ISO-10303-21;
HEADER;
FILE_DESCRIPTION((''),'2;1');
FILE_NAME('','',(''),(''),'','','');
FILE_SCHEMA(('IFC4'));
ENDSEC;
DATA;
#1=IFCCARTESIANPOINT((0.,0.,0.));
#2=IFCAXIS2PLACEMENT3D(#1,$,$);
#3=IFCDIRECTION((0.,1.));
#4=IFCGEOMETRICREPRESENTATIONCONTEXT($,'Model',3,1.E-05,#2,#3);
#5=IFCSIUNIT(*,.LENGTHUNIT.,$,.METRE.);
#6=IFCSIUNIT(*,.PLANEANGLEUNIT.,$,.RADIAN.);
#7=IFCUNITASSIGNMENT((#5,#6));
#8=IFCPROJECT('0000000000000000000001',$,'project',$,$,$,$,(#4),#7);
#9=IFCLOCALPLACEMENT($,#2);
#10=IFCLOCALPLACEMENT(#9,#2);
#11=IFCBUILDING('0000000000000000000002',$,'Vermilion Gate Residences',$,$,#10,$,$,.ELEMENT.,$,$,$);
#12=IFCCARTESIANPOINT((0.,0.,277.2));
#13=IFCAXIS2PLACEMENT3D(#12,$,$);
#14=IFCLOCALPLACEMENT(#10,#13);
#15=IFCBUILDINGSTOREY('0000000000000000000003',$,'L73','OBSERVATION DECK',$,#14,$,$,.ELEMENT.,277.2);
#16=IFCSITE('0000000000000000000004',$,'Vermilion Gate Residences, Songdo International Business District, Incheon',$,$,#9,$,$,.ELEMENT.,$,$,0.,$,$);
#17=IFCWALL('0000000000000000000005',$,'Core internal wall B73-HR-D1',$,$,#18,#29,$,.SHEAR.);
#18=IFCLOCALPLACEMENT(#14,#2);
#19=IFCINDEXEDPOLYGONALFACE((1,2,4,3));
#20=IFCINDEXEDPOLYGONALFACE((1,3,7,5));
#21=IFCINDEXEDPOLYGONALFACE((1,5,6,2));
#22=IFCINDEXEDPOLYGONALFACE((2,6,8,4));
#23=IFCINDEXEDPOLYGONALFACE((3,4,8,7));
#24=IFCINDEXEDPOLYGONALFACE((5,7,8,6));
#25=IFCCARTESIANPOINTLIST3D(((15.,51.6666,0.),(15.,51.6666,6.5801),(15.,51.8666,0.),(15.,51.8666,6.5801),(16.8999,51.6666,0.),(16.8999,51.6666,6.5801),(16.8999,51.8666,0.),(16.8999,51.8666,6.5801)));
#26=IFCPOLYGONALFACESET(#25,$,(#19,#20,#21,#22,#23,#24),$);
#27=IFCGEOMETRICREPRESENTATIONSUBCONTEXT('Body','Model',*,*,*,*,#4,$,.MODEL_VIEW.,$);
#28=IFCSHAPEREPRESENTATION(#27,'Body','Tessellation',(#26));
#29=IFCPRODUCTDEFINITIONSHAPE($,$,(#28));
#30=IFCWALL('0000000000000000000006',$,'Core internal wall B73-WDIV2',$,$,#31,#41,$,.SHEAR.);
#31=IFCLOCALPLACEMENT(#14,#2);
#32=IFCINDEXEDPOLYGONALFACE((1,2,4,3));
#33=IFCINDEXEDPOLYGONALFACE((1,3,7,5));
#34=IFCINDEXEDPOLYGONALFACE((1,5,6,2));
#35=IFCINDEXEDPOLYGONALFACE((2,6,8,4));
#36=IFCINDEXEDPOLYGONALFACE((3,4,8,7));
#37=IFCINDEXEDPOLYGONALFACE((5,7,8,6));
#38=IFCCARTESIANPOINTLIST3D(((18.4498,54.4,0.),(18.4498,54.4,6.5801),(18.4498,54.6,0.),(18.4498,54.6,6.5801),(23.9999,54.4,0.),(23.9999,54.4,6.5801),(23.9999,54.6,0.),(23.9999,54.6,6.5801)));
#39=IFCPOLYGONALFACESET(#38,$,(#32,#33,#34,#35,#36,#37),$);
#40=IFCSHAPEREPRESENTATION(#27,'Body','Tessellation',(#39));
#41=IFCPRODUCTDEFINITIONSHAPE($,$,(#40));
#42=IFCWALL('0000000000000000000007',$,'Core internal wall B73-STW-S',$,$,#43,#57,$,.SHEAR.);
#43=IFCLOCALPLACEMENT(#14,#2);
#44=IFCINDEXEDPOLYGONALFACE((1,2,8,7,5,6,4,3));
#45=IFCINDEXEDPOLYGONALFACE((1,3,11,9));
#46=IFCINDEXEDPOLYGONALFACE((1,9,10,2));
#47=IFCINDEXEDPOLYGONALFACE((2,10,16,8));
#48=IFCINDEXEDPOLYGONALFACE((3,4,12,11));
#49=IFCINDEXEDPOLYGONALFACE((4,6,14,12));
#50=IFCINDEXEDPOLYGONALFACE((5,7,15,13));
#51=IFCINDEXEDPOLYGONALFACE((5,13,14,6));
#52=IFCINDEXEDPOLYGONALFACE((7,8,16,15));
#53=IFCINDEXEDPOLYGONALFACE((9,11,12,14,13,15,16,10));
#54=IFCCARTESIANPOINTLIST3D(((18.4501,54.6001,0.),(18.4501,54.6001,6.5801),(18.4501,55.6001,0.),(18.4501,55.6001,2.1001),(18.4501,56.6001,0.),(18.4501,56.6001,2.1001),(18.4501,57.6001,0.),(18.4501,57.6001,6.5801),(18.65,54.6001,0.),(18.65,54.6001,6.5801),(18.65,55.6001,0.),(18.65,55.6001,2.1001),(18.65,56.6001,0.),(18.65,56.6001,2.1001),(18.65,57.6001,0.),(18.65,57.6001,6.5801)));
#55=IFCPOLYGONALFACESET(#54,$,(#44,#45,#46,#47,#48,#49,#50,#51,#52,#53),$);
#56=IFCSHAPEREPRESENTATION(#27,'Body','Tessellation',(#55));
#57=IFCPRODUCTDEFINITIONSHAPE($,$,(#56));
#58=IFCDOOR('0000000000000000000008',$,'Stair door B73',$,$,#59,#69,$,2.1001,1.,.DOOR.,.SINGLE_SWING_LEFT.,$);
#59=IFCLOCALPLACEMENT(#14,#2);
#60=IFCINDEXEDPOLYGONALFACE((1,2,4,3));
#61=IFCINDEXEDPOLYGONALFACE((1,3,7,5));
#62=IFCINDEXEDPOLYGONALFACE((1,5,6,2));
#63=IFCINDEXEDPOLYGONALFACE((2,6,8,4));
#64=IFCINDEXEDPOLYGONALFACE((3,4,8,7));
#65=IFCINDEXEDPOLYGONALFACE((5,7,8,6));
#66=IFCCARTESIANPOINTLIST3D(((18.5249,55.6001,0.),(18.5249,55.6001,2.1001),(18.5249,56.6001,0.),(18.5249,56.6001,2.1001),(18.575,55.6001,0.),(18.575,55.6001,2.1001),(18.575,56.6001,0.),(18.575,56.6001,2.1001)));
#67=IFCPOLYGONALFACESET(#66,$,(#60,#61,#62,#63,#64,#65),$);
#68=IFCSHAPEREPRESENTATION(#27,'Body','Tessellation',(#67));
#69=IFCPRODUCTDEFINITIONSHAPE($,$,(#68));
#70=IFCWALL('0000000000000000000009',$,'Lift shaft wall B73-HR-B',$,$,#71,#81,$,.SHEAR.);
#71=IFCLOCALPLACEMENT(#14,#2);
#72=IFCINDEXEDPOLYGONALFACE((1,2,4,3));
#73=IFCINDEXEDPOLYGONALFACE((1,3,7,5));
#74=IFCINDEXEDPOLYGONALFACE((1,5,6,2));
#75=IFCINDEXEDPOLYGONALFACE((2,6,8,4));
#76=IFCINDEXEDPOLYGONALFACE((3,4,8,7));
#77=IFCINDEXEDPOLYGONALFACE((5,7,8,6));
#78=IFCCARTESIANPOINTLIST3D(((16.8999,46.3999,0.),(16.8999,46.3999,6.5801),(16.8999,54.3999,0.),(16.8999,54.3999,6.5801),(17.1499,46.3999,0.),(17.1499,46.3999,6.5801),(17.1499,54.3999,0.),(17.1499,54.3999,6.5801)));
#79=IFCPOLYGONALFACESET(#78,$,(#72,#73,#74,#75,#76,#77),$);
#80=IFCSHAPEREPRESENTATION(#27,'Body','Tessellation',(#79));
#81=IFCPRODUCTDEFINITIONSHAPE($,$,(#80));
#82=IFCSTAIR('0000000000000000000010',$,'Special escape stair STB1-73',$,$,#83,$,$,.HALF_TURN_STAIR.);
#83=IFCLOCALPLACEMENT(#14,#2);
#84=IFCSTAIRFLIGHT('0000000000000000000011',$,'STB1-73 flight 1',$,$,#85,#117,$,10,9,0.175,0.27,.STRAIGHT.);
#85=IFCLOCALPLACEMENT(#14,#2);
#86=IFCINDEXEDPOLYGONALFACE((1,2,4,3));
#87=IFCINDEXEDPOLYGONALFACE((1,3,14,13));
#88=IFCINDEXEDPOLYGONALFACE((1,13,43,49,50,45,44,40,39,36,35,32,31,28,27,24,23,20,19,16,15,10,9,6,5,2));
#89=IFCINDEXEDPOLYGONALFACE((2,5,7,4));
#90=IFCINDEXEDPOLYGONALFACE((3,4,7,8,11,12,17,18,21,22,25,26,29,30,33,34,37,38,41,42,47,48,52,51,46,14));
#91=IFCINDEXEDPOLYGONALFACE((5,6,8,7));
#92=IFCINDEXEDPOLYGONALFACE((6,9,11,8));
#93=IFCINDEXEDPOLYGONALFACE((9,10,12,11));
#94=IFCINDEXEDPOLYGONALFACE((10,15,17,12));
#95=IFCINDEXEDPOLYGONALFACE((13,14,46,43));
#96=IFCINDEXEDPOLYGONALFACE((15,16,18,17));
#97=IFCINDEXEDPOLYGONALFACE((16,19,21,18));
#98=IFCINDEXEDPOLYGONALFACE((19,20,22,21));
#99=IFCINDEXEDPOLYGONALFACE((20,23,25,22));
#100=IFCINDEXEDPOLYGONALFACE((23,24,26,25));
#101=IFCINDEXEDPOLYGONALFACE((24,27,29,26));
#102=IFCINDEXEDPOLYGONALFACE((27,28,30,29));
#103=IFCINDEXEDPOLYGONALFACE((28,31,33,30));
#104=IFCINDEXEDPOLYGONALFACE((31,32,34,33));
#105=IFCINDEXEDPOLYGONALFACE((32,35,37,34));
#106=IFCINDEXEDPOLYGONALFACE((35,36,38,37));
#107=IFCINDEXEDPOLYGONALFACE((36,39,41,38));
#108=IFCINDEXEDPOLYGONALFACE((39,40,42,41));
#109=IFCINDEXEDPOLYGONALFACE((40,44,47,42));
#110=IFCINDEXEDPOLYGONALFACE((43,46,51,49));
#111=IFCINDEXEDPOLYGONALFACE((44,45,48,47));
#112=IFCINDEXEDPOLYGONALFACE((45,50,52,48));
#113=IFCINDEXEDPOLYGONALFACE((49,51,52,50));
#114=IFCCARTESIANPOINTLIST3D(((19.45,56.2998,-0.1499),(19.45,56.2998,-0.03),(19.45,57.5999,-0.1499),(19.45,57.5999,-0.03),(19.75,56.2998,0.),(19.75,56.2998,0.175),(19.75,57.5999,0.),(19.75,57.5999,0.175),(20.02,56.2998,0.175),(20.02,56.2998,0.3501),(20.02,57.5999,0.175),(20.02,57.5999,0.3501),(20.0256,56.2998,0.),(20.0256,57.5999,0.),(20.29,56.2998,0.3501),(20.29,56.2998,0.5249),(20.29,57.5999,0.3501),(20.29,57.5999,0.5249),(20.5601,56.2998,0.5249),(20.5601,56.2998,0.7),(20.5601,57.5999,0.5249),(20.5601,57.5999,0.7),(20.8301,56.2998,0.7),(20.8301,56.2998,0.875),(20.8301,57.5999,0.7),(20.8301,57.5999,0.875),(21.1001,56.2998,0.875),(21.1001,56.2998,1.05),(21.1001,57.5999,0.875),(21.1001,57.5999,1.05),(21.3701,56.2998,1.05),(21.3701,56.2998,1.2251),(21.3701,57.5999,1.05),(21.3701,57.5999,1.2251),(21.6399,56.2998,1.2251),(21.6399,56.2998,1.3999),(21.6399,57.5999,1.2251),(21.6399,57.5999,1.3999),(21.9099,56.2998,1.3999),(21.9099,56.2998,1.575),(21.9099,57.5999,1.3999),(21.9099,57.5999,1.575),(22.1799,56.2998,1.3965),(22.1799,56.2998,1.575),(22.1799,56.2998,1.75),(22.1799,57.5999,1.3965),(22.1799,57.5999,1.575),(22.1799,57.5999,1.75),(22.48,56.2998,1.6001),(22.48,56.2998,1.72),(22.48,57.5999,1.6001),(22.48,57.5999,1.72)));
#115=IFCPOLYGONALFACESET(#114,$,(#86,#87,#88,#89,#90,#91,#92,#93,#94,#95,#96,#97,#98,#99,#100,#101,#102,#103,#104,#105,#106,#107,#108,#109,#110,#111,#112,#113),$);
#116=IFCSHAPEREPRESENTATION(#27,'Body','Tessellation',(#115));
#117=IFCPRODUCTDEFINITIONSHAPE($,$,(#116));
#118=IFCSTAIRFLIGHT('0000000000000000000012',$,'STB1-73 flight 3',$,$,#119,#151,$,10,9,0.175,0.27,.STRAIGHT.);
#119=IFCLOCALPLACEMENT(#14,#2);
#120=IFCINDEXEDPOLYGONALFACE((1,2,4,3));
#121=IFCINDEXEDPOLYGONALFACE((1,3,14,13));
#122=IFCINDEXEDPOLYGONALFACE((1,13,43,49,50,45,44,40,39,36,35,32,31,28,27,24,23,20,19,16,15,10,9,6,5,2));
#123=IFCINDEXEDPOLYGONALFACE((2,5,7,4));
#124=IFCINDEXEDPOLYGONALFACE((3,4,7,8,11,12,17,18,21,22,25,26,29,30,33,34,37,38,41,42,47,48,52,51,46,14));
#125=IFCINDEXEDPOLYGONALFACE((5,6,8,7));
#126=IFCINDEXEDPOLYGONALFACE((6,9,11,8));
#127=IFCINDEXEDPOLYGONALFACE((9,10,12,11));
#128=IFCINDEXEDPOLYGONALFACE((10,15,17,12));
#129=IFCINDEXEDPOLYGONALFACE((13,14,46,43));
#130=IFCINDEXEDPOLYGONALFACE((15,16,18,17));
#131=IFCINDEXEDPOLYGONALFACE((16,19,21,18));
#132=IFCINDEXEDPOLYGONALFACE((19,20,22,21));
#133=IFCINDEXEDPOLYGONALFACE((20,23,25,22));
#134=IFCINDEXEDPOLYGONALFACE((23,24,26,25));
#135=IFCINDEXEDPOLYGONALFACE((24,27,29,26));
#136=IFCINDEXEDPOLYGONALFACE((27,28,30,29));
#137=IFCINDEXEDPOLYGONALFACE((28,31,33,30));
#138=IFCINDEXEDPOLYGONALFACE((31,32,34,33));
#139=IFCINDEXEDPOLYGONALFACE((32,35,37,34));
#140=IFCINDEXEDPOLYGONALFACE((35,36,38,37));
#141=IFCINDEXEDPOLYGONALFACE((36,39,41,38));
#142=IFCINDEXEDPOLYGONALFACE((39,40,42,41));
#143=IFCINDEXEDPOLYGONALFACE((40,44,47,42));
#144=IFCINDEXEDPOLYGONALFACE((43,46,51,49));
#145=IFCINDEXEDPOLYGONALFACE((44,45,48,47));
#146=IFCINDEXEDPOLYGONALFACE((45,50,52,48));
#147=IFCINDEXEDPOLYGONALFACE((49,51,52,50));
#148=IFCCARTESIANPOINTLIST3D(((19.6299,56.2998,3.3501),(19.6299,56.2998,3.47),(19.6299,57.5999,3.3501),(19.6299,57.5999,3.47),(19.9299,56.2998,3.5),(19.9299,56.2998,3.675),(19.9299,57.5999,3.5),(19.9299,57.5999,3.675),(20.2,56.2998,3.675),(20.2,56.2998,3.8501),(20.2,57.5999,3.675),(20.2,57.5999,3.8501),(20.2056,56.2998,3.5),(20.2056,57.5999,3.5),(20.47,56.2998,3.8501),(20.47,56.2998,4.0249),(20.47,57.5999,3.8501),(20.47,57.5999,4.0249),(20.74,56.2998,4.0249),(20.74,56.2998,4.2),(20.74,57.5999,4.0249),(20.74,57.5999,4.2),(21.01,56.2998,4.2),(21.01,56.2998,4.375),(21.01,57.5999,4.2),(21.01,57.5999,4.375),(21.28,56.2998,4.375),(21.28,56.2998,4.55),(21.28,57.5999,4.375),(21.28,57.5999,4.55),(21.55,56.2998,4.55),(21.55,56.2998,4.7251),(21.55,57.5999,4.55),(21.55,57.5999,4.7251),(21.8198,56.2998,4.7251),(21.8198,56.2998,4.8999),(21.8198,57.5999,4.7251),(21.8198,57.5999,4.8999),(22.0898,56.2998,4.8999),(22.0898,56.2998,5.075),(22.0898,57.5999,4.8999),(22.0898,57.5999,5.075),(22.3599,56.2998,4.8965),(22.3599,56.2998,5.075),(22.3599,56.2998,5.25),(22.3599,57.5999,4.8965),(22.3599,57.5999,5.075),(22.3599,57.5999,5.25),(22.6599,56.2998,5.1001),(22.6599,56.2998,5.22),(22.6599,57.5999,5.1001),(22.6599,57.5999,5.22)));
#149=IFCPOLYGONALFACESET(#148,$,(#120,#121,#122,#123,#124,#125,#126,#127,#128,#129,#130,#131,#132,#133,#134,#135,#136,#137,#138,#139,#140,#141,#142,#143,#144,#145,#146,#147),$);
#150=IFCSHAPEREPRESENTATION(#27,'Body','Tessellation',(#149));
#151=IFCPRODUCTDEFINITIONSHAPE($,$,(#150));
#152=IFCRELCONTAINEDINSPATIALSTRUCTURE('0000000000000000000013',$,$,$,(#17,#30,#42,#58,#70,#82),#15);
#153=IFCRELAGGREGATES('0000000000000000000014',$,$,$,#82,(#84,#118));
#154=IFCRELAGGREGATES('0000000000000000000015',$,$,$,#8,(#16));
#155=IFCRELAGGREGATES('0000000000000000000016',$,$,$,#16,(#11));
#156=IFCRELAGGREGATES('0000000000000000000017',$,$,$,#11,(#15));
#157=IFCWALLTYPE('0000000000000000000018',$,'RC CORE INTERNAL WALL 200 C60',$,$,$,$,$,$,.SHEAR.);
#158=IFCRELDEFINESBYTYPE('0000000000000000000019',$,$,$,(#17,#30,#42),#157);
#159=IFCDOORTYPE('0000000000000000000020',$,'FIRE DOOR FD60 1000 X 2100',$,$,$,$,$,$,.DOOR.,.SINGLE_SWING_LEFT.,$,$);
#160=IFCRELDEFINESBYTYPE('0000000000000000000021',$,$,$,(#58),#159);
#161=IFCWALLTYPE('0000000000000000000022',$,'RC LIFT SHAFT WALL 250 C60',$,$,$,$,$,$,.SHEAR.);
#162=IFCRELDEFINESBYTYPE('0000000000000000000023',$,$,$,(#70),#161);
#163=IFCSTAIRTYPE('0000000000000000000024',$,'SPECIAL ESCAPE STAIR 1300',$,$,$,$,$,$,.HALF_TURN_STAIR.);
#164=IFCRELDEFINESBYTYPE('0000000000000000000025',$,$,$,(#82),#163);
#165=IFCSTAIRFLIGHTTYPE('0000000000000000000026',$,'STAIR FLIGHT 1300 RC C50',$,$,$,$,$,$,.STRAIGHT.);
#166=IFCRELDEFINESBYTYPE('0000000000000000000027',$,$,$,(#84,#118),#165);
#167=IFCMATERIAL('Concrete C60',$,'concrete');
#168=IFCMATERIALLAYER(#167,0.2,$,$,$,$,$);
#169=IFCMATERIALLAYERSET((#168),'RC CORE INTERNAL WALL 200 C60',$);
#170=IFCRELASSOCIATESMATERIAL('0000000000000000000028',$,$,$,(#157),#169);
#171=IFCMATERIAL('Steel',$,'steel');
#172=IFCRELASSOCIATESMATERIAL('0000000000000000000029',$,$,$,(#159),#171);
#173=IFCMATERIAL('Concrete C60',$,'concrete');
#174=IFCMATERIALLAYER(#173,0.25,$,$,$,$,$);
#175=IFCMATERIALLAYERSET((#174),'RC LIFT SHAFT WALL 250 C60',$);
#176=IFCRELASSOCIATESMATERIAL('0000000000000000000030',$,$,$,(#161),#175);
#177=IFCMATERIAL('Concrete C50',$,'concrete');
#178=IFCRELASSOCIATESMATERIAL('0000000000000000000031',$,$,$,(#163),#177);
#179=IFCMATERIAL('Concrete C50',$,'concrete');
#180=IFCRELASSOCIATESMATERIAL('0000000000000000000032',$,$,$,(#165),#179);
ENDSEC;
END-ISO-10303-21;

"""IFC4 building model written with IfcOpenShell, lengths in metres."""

from ifc_helpers import new_model, si_unit, direction, frame, frame_2d, origin, place, context, subcontext, project, spatial, polyline, rectangle, outline, extrude, material, layer, layer_set, type_object, element, fill, aggregate, save


model = new_model("IFC4")

# Units and contexts
model_context = context("Model", 3, precision=1e-05, world=origin(), true_north=direction((0.0, 1.0)))
body_context = subcontext(model_context, "Body", "Model", "MODEL_VIEW")
ifc_project = project(units=[si_unit("LENGTHUNIT", "METRE"), si_unit("PLANEANGLEUNIT", "RADIAN")], contexts=[model_context])

# Site, building, storey
site_placement = place(None, origin())
site = spatial("IfcSite", under=ifc_project, at=site_placement, Name="Vermilion Gate Residences, Songdo International Business District, Incheon", CompositionType="ELEMENT", RefElevation=0.0)
building_placement = place(site_placement, origin())
building = spatial("IfcBuilding", under=site, at=building_placement, Name="Vermilion Gate Residences", CompositionType="ELEMENT")
storey_placement = place(building_placement, frame((0.0, 0.0, 277.2)))
storey = spatial("IfcBuildingStorey", under=building, at=storey_placement, Name="L73", Description="OBSERVATION DECK", CompositionType="ELEMENT", Elevation=277.2)

# Walls
ifc_material_1 = material(Name="Concrete C60", Category="concrete")
ifc_layer_1 = layer(ifc_material_1, 0.2)
ifc_layer_set_1 = layer_set([ifc_layer_1], Name="RC CORE INTERNAL WALL 200 C60")
wall_type_1 = type_object("IfcWallType", Name="RC CORE INTERNAL WALL 200 C60", PredefinedType="SHEAR", material=ifc_layer_set_1)
wall_1_placement = place(storey_placement, frame((15.0, 51.7666, 0.0), z_axis=(0.0, 0.0, 1.0), x_axis=(1.0, 0.0, 0.0)))
element("IfcWall", 1, at=wall_1_placement, inside=storey, type_object=wall_type_1, Name="Core internal wall B73-HR-D1", PredefinedType="SHEAR", context=body_context, shape_type="SweptSolid", body=[
    extrude(rectangle(XDim=1.8999, YDim=0.2, at=frame_2d((0.95, 0.0))), origin(), (0.0, 0.0, 1.0), 6.5801),
])
wall_2_placement = place(storey_placement, frame((18.45, 54.5, 0.0), z_axis=(0.0, 0.0, 1.0), x_axis=(1.0, 0.0, 0.0)))
element("IfcWall", 2, at=wall_2_placement, inside=storey, type_object=wall_type_1, Name="Core internal wall B73-WDIV2", PredefinedType="SHEAR", context=body_context, shape_type="SweptSolid", body=[
    extrude(rectangle(XDim=5.55, YDim=0.2, at=frame_2d((2.7749, 0.0))), origin(), (0.0, 0.0, 1.0), 6.5801),
])

# Wall, opening, door
wall_3_placement = place(storey_placement, frame((18.55, 57.6001, 0.0), z_axis=(0.0, 0.0, 1.0), x_axis=(0.0, -1.0, 0.0)))
wall_3 = element("IfcWall", 3, at=wall_3_placement, inside=storey, type_object=wall_type_1, Name="Core internal wall B73-STW-S", PredefinedType="SHEAR", context=body_context, shape_type="SweptSolid", body=[
    extrude(rectangle(XDim=3.0, YDim=0.2, at=frame_2d((1.5, 0.0))), origin(), (0.0, 0.0, 1.0), 6.5801),
])
opening_placement = place(wall_3_placement, frame((1.0, 0.0, 0.0)))
opening = element("IfcOpeningElement", 4, at=opening_placement, cuts=wall_3, PredefinedType="OPENING", context=body_context, shape_type="SweptSolid", body=[
    extrude(rectangle(XDim=1.0, YDim=2.1001, at=frame_2d((0.5, 1.05))), frame((0.0, 0.1099, 0.0), z_axis=(0.0, -1.0, 0.0), x_axis=(1.0, 0.0, 0.0)), (0.0, 0.0, 1.0), 0.22),
])
ifc_material_2 = material(Name="Steel", Category="steel")
door_type = type_object("IfcDoorType", Name="FIRE DOOR FD60 1000 X 2100", OperationType="SINGLE_SWING_LEFT", PredefinedType="DOOR", material=ifc_material_2)
door_placement = place(opening_placement, origin())
door = element("IfcDoor", 5, at=door_placement, inside=storey, type_object=door_type, Name="Stair door B73", OperationType="SINGLE_SWING_LEFT", OverallHeight=2.1001, OverallWidth=1.0, PredefinedType="DOOR", context=body_context, shape_type="SweptSolid", body=[
    extrude(rectangle(XDim=1.0, YDim=2.1001, at=frame_2d((0.5, 1.05))), frame((0.0, 0.0249, 0.0), z_axis=(0.0, -1.0, 0.0), x_axis=(1.0, 0.0, 0.0)), (0.0, 0.0, 1.0), 0.05),
])
fill(opening, door)

# Wall
ifc_material_3 = material(Name="Concrete C60", Category="concrete")
ifc_layer_2 = layer(ifc_material_3, 0.25)
ifc_layer_set_2 = layer_set([ifc_layer_2], Name="RC LIFT SHAFT WALL 250 C60")
wall_type_2 = type_object("IfcWallType", Name="RC LIFT SHAFT WALL 250 C60", PredefinedType="SHEAR", material=ifc_layer_set_2)
wall_4_placement = place(storey_placement, frame((17.0249, 54.3999, 0.0), z_axis=(0.0, 0.0, 1.0), x_axis=(0.0, -1.0, 0.0)))
element("IfcWall", 6, at=wall_4_placement, inside=storey, type_object=wall_type_2, Name="Lift shaft wall B73-HR-B", PredefinedType="SHEAR", context=body_context, shape_type="SweptSolid", body=[
    extrude(rectangle(XDim=8.0, YDim=0.25, at=frame_2d((4.0, 0.0))), origin(), (0.0, 0.0, 1.0), 6.5801),
])

# Stair, stair flights
ifc_material_4 = material(Name="Concrete C50", Category="concrete")
stair_type = type_object("IfcStairType", Name="SPECIAL ESCAPE STAIR 1300", PredefinedType="HALF_TURN_STAIR", material=ifc_material_4)
stair_placement = place(storey_placement, origin())
stair = element("IfcStair", 7, at=stair_placement, inside=storey, type_object=stair_type, Name="Special escape stair STB1-73", PredefinedType="HALF_TURN_STAIR")
ifc_material_5 = material(Name="Concrete C50", Category="concrete")
stair_flight_type = type_object("IfcStairFlightType", Name="STAIR FLIGHT 1300 RC C50", PredefinedType="STRAIGHT", material=ifc_material_5)
stair_flight_1_placement = place(storey_placement, frame((19.75, 56.95, 0.0), z_axis=(0.0, 0.0, 1.0), x_axis=(1.0, 0.0, 0.0)))
stair_flight_1 = element("IfcStairFlight", 8, at=stair_flight_1_placement, type_object=stair_flight_type, Name="STB1-73 flight 1", NumberOfRisers=10, NumberOfTreads=9, PredefinedType="STRAIGHT", RiserHeight=0.175, TreadLength=0.27, context=body_context, shape_type="SweptSolid", body=[
    extrude(outline(polyline([(-0.3, -0.1499), (-0.3, -0.03), (0.0, 0.0), (0.0, 0.175), (0.27, 0.175), (0.27, 0.3501), (0.54, 0.3501), (0.54, 0.5249), (0.8101, 0.5249), (0.8101, 0.7), (1.0801, 0.7), (1.0801, 0.875), (1.3501, 0.875), (1.3501, 1.05), (1.6201, 1.05), (1.6201, 1.2251), (1.8899, 1.2251), (1.8899, 1.3999), (2.1599, 1.3999), (2.1599, 1.575), (2.4299, 1.575), (2.4299, 1.75), (2.73, 1.72), (2.73, 1.6001), (2.4299, 1.3965), (0.2756, 0.0), (-0.3, -0.1499)])), frame((0.0, 0.6499, 0.0), z_axis=(0.0, -1.0, 0.0), x_axis=(1.0, 0.0, 0.0)), (0.0, 0.0, 1.0), 1.3),
])
stair_flight_2_placement = place(storey_placement, frame((19.9299, 56.95, 3.5), z_axis=(0.0, 0.0, 1.0), x_axis=(1.0, 0.0, 0.0)))
stair_flight_2 = element("IfcStairFlight", 9, at=stair_flight_2_placement, type_object=stair_flight_type, Name="STB1-73 flight 3", NumberOfRisers=10, NumberOfTreads=9, PredefinedType="STRAIGHT", RiserHeight=0.175, TreadLength=0.27, context=body_context, shape_type="SweptSolid", body=[
    extrude(outline(polyline([(-0.3, -0.1499), (-0.3, -0.03), (0.0, 0.0), (0.0, 0.175), (0.27, 0.175), (0.27, 0.3501), (0.54, 0.3501), (0.54, 0.5249), (0.8101, 0.5249), (0.8101, 0.7), (1.0801, 0.7), (1.0801, 0.875), (1.3501, 0.875), (1.3501, 1.05), (1.6201, 1.05), (1.6201, 1.2251), (1.8899, 1.2251), (1.8899, 1.3999), (2.1599, 1.3999), (2.1599, 1.575), (2.4299, 1.575), (2.4299, 1.75), (2.73, 1.72), (2.73, 1.6001), (2.4299, 1.3965), (0.2756, 0.0), (-0.3, -0.1499)])), frame((0.0, 0.6499, 0.0), z_axis=(0.0, -1.0, 0.0), x_axis=(1.0, 0.0, 0.0)), (0.0, 0.0, 1.0), 1.3),
])
aggregate(stair, [stair_flight_1, stair_flight_2])

save(model, "model.ifc")
